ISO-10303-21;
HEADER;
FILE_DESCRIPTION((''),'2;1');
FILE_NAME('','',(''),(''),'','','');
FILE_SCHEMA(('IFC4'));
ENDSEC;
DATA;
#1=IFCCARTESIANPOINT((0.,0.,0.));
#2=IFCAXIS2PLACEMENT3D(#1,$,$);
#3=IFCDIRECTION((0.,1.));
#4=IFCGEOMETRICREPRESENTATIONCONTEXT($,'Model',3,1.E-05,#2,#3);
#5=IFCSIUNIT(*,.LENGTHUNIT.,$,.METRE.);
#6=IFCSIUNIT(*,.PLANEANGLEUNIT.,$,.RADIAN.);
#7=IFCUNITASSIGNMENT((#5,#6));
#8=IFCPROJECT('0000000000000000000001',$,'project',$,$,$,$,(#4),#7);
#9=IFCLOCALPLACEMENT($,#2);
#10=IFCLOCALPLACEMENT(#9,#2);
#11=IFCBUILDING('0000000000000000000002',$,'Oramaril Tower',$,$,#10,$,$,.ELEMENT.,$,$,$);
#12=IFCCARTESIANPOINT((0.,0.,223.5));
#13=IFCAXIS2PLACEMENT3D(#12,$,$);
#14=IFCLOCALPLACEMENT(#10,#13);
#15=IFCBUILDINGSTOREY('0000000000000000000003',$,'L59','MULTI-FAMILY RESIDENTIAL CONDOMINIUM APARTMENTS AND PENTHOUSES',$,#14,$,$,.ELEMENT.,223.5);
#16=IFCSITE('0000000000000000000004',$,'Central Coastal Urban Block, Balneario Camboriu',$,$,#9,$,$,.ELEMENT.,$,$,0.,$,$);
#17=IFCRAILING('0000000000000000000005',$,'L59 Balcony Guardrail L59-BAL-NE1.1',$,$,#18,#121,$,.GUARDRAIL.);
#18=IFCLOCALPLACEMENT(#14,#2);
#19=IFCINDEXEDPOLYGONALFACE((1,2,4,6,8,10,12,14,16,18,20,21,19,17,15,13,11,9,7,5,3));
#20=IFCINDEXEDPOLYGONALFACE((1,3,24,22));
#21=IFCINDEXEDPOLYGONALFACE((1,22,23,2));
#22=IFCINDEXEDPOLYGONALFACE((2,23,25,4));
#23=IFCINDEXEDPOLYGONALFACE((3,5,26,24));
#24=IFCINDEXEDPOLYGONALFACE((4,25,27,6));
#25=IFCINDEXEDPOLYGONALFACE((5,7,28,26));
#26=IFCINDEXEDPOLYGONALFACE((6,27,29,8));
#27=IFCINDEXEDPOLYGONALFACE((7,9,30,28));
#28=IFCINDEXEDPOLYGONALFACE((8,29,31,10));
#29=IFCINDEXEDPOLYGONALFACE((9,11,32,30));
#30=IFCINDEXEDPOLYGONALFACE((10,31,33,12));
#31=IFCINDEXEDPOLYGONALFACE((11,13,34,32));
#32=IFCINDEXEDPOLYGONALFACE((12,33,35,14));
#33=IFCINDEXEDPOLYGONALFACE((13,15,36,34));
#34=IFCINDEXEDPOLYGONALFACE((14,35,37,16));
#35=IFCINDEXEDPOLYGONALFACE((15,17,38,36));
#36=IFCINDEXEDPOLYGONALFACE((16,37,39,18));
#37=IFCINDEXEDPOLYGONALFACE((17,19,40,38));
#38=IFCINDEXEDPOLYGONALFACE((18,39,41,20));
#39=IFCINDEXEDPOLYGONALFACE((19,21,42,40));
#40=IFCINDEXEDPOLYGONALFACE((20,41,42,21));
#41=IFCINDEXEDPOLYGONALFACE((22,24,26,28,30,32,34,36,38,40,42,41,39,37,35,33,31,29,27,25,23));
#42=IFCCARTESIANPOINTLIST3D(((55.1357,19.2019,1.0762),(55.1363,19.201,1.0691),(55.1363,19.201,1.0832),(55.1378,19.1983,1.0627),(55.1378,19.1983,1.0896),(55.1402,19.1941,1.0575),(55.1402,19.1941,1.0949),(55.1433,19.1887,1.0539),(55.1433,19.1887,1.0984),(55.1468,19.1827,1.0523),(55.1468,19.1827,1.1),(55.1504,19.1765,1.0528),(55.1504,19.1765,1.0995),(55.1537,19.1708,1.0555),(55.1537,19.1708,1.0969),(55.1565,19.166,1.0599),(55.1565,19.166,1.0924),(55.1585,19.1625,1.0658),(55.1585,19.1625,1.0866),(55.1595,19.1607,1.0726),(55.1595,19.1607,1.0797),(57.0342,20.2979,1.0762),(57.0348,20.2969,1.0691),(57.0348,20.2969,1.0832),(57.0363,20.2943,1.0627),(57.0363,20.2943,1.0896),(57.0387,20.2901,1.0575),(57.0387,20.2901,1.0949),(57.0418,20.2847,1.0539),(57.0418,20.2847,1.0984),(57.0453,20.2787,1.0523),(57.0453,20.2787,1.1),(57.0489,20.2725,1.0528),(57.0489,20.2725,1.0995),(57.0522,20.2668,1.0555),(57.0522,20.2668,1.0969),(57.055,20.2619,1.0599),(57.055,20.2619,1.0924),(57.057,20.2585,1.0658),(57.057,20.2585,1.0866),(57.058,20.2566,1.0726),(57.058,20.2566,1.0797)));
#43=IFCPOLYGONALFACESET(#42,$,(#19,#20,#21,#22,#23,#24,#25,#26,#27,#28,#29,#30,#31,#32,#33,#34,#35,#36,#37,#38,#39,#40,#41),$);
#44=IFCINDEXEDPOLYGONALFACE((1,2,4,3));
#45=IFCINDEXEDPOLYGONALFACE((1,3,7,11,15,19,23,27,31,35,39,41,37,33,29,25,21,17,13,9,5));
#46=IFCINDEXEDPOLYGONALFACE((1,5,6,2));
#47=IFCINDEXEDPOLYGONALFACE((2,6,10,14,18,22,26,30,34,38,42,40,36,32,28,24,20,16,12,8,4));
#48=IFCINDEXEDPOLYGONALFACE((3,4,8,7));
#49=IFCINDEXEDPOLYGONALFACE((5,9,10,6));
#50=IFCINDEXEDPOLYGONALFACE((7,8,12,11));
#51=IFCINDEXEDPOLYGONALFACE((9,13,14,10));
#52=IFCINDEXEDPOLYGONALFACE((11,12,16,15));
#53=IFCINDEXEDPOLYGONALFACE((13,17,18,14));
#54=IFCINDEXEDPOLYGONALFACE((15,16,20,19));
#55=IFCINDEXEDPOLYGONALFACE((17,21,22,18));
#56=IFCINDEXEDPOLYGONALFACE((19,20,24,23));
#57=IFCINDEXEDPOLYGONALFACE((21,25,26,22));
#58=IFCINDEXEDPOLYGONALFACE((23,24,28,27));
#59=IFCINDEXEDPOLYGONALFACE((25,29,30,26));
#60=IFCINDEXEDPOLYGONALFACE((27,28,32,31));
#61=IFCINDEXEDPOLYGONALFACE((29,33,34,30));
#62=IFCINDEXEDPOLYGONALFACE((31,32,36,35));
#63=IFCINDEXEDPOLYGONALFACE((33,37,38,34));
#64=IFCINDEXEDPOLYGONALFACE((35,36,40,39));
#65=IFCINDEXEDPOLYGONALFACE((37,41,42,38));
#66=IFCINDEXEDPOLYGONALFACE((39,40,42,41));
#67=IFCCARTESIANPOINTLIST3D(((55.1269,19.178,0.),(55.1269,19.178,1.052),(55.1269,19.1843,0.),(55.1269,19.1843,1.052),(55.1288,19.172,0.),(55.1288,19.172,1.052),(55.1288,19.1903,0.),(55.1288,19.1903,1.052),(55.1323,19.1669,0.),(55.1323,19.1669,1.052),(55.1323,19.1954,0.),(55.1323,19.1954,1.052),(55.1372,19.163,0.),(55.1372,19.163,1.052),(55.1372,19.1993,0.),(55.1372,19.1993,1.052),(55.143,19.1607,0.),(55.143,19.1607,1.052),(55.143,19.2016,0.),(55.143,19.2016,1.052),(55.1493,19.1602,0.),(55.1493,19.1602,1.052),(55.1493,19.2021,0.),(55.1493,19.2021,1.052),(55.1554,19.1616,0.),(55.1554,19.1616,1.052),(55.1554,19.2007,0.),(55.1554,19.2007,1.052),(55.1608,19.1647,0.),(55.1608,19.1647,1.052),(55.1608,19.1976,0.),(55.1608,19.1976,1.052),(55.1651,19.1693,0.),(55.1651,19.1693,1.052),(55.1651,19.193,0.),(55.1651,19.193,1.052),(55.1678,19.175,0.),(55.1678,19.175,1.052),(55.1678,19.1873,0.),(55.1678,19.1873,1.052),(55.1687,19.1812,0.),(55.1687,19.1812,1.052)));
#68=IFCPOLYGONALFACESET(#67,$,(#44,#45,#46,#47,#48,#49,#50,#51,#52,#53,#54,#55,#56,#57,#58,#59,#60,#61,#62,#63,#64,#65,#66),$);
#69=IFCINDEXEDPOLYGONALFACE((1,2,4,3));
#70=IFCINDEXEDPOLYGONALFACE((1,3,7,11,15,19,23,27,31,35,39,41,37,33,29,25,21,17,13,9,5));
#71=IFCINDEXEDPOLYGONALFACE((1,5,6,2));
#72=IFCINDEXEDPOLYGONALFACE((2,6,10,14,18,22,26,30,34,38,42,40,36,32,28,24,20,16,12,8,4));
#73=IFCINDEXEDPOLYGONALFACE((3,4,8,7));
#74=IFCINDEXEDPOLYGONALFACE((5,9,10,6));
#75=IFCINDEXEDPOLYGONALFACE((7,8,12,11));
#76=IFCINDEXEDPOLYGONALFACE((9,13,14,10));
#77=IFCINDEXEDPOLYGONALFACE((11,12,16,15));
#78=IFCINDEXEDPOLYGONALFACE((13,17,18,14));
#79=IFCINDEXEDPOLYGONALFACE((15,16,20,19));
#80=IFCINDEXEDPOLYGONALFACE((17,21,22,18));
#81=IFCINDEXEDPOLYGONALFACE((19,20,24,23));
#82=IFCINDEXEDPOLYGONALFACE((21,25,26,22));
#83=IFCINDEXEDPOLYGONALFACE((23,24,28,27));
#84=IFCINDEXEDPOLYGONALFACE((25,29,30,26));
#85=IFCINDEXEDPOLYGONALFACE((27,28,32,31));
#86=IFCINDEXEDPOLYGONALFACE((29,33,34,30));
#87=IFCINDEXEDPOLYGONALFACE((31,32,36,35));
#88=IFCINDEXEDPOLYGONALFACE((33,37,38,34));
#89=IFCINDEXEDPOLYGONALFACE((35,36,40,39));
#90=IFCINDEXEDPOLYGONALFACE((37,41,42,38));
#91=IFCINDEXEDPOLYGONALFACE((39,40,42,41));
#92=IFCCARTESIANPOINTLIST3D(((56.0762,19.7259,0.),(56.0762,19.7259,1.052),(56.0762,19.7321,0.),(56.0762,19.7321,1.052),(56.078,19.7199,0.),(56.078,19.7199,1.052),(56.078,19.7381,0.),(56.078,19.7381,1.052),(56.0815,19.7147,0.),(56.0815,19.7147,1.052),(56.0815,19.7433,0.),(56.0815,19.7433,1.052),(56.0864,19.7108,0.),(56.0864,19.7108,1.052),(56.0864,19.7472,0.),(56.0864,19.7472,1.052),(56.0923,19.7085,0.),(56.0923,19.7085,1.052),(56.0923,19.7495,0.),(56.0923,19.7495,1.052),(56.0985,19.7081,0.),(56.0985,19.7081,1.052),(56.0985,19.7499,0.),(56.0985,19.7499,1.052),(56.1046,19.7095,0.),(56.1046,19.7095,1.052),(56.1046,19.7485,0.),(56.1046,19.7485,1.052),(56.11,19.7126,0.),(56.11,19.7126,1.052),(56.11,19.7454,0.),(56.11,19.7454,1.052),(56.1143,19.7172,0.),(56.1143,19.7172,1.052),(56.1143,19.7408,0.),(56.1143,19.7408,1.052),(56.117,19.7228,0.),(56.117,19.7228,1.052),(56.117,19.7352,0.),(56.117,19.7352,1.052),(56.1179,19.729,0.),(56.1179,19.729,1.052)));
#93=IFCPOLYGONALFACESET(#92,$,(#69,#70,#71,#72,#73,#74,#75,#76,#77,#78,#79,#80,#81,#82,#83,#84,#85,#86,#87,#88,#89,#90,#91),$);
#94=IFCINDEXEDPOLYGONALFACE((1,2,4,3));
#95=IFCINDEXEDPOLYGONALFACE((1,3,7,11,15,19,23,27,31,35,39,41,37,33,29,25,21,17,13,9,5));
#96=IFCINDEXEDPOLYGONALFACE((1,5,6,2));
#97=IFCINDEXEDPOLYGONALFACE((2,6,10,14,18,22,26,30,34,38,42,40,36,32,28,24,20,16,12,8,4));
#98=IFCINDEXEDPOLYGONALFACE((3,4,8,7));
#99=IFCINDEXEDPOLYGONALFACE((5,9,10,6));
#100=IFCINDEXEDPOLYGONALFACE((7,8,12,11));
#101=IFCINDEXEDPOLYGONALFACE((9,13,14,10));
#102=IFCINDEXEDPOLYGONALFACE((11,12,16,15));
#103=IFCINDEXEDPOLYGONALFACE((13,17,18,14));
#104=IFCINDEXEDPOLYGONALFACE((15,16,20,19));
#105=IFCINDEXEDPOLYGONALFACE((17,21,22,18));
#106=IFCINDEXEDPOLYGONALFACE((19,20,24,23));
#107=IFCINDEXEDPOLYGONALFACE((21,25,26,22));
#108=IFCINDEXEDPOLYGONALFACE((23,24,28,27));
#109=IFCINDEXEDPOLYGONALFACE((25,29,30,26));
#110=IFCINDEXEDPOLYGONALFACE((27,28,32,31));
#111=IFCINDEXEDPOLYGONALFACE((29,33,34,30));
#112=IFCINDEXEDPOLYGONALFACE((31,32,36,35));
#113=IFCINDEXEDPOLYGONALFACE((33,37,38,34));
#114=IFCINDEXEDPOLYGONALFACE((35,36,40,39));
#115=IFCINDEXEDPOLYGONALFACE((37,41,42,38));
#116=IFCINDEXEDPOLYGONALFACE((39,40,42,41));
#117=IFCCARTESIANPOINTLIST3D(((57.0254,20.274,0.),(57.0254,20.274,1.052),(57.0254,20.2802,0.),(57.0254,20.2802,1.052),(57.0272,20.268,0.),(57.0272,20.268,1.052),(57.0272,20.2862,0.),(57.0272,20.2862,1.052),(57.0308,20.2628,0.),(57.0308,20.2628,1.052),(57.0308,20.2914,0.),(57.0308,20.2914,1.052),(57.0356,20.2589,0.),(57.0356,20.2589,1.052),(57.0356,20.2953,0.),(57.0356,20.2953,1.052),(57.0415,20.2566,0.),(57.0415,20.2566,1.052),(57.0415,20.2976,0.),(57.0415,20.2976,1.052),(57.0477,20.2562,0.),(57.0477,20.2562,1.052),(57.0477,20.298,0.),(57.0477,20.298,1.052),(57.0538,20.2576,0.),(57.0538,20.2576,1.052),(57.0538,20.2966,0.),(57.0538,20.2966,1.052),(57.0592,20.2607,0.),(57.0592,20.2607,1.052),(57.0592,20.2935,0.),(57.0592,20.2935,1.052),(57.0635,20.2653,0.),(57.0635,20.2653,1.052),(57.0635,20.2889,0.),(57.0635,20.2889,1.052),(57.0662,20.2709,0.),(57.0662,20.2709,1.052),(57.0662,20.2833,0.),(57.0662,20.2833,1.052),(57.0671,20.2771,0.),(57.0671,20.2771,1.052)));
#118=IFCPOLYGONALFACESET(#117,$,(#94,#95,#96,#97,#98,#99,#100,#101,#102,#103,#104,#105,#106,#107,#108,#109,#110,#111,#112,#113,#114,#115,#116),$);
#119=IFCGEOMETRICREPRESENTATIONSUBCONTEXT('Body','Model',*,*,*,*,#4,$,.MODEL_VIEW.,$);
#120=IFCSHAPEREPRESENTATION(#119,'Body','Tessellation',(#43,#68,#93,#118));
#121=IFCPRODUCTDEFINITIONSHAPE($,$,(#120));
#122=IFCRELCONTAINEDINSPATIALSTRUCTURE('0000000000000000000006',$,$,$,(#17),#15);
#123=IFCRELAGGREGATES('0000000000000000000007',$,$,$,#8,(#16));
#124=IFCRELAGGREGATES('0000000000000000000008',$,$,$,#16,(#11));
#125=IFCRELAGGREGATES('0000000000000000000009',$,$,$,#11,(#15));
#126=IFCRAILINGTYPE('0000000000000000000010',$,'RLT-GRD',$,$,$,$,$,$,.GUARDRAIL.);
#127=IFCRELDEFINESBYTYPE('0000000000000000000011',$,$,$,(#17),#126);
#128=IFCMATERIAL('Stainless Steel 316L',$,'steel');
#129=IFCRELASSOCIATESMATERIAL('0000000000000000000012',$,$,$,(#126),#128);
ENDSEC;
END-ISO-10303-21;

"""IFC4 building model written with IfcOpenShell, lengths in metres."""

from ifc_helpers import new_model, si_unit, direction, frame, origin, origin_2d, place, context, subcontext, project, spatial, circle, extrude, material, type_object, element, save


model = new_model("IFC4")

# Units and contexts
model_context = context("Model", 3, precision=1e-05, world=origin(), true_north=direction((0.0, 1.0)))
body_context = subcontext(model_context, "Body", "Model", "MODEL_VIEW")
ifc_project = project(units=[si_unit("LENGTHUNIT", "METRE"), si_unit("PLANEANGLEUNIT", "RADIAN")], contexts=[model_context])

# Site, building, storey
site_placement = place(None, origin())
site = spatial("IfcSite", under=ifc_project, at=site_placement, Name="Central Coastal Urban Block, Balneario Camboriu", CompositionType="ELEMENT", RefElevation=0.0)
building_placement = place(site_placement, origin())
building = spatial("IfcBuilding", under=site, at=building_placement, Name="Oramaril Tower", CompositionType="ELEMENT")
storey_placement = place(building_placement, frame((0.0, 0.0, 223.5)))
storey = spatial("IfcBuildingStorey", under=building, at=storey_placement, Name="L59", Description="MULTI-FAMILY RESIDENTIAL CONDOMINIUM APARTMENTS AND PENTHOUSES", CompositionType="ELEMENT", Elevation=223.5)

# Railing
ifc_material_1 = material(Name="Stainless Steel 316L", Category="steel")
railing_type = type_object("IfcRailingType", Name="RLT-GRD", PredefinedType="GUARDRAIL", material=ifc_material_1)
railing_1_placement = place(storey_placement, frame((55.1477, 19.1812, 0.0)))
element("IfcRailing", 1, at=railing_1_placement, inside=storey, type_object=railing_type, Name="L59 Balcony Guardrail L59-BAL-NE1.1", PredefinedType="GUARDRAIL", context=body_context, shape_type="SweptSolid", body=[
    extrude(circle(Radius=0.0239, at=origin_2d()), frame((0.0, 0.0, 1.0762), z_axis=(0.866048, 0.49996, 0.0), x_axis=(-0.49996, 0.866048, 0.0)), (0.0, 0.0, 1.0), 2.1921),
    extrude(circle(Radius=0.021, at=origin_2d()), origin(), (0.0, 0.0, 1.0), 1.052),
    extrude(circle(Radius=0.021, at=origin_2d()), frame((0.9492, 0.5479, 0.0)), (0.0, 0.0, 1.0), 1.052),
    extrude(circle(Radius=0.021, at=origin_2d()), frame((1.8984, 1.0959, 0.0)), (0.0, 0.0, 1.0), 1.052),
])

save(model, "model.ifc")
